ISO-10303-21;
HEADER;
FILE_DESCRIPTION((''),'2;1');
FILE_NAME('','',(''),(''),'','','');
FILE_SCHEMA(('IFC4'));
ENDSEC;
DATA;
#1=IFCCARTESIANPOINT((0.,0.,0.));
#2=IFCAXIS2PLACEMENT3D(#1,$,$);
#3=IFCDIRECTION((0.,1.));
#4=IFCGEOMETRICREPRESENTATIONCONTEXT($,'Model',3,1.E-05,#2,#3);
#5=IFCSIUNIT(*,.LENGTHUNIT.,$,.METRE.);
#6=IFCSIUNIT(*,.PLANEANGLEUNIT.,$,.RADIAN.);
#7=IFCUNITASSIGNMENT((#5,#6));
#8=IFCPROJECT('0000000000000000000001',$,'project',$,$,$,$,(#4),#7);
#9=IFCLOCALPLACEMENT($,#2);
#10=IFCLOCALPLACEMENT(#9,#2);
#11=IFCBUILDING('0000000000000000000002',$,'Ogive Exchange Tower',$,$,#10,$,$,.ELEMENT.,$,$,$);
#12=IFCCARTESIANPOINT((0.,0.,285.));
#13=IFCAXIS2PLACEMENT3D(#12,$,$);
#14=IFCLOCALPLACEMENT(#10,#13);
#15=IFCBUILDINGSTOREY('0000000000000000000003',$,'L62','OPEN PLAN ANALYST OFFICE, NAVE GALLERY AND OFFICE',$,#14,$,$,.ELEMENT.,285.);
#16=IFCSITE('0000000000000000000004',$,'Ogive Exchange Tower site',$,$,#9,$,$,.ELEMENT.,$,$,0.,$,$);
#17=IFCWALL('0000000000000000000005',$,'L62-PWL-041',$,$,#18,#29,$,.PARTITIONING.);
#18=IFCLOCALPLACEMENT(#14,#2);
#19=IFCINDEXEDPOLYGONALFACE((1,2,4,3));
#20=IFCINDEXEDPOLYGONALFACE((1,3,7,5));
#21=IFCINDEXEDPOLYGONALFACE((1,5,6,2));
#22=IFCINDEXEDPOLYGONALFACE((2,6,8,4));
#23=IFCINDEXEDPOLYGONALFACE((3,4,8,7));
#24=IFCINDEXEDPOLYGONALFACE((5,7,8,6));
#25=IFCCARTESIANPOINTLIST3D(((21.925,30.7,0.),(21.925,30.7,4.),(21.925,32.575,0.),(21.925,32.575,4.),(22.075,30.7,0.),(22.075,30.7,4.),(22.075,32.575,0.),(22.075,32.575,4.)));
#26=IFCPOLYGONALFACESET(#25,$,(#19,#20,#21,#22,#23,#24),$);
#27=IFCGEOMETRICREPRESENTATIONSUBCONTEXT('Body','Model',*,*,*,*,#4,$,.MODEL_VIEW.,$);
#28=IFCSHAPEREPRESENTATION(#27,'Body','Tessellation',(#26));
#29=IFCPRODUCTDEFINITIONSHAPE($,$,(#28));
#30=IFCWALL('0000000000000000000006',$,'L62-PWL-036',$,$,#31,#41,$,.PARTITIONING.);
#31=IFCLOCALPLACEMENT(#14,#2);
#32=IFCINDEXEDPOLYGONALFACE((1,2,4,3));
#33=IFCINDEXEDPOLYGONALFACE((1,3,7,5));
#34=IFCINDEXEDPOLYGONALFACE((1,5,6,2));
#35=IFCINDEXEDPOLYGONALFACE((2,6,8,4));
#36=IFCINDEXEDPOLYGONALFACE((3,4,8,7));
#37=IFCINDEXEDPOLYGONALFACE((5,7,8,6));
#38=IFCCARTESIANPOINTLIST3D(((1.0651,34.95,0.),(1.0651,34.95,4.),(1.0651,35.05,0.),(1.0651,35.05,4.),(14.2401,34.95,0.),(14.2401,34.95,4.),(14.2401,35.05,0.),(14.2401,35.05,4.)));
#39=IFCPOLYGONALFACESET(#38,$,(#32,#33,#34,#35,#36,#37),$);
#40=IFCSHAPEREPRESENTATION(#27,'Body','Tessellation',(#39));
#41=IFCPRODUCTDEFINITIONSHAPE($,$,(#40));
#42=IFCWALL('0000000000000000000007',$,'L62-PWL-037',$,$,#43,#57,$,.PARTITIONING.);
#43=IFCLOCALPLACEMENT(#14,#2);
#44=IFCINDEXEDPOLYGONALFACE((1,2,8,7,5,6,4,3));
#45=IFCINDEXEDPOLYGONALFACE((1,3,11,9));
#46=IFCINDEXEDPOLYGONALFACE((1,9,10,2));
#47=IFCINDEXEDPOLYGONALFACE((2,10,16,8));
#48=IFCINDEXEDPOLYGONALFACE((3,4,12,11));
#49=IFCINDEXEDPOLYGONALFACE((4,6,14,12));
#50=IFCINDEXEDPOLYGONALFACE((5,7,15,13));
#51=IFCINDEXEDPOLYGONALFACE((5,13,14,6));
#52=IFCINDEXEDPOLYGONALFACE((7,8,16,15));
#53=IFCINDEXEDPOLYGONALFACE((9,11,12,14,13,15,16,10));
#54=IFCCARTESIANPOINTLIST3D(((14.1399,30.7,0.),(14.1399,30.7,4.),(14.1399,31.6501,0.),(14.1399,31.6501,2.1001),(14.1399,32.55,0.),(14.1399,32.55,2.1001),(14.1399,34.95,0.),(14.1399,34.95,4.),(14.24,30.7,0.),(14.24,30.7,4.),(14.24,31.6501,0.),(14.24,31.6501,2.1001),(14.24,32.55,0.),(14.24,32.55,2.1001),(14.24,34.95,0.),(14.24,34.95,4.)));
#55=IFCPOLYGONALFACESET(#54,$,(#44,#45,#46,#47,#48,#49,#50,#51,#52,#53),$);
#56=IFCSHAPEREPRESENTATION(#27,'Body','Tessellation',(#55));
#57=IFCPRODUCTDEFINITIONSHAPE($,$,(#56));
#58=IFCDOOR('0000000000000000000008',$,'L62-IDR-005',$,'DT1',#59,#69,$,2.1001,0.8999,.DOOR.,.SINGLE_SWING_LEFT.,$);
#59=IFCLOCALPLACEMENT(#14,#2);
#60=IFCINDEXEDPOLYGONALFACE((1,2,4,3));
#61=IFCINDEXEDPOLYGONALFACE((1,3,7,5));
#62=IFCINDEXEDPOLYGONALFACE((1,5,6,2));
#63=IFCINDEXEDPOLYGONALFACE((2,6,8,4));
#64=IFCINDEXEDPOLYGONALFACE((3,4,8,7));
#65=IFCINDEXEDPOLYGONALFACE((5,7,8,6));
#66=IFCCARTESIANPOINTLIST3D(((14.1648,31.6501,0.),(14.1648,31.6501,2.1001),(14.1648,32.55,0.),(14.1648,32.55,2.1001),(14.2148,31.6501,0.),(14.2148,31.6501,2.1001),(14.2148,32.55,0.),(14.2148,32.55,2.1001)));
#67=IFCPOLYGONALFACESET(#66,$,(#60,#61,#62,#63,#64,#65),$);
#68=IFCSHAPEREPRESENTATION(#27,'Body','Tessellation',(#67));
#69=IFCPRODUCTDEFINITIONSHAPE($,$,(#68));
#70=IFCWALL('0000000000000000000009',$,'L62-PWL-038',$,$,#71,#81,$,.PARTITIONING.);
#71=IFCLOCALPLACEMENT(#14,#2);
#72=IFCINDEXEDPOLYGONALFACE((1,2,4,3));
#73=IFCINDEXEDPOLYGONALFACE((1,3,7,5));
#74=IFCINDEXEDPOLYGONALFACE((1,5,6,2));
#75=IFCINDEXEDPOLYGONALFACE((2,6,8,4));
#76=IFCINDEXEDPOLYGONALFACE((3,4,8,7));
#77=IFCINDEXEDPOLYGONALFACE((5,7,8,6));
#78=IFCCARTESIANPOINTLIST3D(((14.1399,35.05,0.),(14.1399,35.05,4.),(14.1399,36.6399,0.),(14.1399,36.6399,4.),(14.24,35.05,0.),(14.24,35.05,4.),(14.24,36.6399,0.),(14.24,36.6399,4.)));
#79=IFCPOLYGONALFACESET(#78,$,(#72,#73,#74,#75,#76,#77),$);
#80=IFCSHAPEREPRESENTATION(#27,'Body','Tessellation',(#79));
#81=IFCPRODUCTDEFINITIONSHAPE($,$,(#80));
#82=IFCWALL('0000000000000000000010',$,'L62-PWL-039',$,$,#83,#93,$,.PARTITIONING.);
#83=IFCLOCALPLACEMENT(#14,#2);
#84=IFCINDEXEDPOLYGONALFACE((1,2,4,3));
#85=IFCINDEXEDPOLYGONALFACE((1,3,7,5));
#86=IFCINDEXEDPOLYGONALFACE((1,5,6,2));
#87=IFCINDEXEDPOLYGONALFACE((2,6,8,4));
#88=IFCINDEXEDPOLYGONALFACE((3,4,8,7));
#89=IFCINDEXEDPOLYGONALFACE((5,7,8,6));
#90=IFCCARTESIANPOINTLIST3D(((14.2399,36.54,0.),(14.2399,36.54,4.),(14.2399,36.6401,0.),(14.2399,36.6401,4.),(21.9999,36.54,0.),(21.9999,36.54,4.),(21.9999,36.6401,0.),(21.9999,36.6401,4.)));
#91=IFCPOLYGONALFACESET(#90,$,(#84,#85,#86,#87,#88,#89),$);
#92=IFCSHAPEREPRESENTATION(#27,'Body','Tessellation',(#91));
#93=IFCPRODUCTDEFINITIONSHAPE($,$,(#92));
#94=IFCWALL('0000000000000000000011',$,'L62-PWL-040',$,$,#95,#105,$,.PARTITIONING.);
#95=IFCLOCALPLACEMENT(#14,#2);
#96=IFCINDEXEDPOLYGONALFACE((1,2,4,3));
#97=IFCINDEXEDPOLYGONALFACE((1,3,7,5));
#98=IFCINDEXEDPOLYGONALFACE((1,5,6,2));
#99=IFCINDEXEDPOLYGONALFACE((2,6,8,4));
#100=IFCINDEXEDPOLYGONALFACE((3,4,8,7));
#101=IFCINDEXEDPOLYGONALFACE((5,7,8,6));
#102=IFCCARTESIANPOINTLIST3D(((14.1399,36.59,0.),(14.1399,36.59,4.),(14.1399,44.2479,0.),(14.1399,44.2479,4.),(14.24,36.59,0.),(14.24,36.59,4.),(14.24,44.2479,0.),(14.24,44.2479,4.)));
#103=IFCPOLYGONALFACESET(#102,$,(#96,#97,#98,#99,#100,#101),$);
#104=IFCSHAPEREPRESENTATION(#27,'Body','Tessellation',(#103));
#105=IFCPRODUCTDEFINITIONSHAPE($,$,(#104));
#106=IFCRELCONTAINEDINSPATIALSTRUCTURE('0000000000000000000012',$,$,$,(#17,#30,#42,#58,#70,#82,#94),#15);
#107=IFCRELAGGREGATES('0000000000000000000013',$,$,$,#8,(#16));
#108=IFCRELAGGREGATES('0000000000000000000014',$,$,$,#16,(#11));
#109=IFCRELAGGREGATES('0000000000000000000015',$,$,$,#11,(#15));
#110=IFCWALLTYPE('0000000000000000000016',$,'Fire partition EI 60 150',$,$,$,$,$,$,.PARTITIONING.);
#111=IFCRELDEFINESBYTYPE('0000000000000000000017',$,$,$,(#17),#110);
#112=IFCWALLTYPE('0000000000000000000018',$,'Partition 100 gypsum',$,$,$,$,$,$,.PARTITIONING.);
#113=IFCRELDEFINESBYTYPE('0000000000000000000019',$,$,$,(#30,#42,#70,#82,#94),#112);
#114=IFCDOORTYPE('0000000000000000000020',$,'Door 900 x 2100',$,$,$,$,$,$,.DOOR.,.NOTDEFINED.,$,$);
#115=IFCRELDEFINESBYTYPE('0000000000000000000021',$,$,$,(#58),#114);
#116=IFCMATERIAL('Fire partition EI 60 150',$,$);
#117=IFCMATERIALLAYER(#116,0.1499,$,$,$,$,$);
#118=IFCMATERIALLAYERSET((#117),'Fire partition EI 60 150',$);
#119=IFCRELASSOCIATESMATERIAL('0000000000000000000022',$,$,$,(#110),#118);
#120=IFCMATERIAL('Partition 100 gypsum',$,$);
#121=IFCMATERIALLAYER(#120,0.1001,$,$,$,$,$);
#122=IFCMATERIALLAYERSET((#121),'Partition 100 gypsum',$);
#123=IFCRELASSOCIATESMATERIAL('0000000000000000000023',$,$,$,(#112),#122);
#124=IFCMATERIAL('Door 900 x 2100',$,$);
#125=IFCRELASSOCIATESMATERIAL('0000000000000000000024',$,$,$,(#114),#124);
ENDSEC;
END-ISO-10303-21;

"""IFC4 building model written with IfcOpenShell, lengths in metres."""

from ifc_helpers import new_model, si_unit, direction, frame, frame_2d, origin, place, context, subcontext, project, spatial, rectangle, extrude, material, layer, layer_set, type_object, element, fill, save


model = new_model("IFC4")

# Units and contexts
model_context = context("Model", 3, precision=1e-05, world=origin(), true_north=direction((0.0, 1.0)))
body_context = subcontext(model_context, "Body", "Model", "MODEL_VIEW")
ifc_project = project(units=[si_unit("LENGTHUNIT", "METRE"), si_unit("PLANEANGLEUNIT", "RADIAN")], contexts=[model_context])

# Site, building, storey
site_placement = place(None, origin())
site = spatial("IfcSite", under=ifc_project, at=site_placement, Name="Ogive Exchange Tower site", CompositionType="ELEMENT", RefElevation=0.0)
building_placement = place(site_placement, origin())
building = spatial("IfcBuilding", under=site, at=building_placement, Name="Ogive Exchange Tower", CompositionType="ELEMENT")
storey_placement = place(building_placement, frame((0.0, 0.0, 285.0)))
storey = spatial("IfcBuildingStorey", under=building, at=storey_placement, Name="L62", Description="OPEN PLAN ANALYST OFFICE, NAVE GALLERY AND OFFICE", CompositionType="ELEMENT", Elevation=285.0)

# Shared definitions
ifc_material_1 = material(Name="Fire partition EI 60 150")
ifc_layer_1 = layer(ifc_material_1, 0.1499)
ifc_layer_set_1 = layer_set([ifc_layer_1], Name="Fire partition EI 60 150")
wall_type_1 = type_object("IfcWallType", Name="Fire partition EI 60 150", PredefinedType="PARTITIONING", material=ifc_layer_set_1)

# Walls
wall_1_placement = place(storey_placement, frame((22.0, 30.7, 0.0), z_axis=(0.0, 0.0, 1.0), x_axis=(0.0, 1.0, 0.0)))
element("IfcWall", 1, at=wall_1_placement, inside=storey, type_object=wall_type_1, Name="L62-PWL-041", PredefinedType="PARTITIONING", context=body_context, shape_type="SweptSolid", body=[
    extrude(rectangle(XDim=1.875, YDim=0.1499, at=frame_2d((0.9375, 0.0))), origin(), (0.0, 0.0, 1.0), 4.0),
])
ifc_material_2 = material(Name="Partition 100 gypsum")
ifc_layer_2 = layer(ifc_material_2, 0.1001)
ifc_layer_set_2 = layer_set([ifc_layer_2], Name="Partition 100 gypsum")
wall_type_2 = type_object("IfcWallType", Name="Partition 100 gypsum", PredefinedType="PARTITIONING", material=ifc_layer_set_2)
wall_2_placement = place(storey_placement, frame((14.24, 35.0, 0.0), z_axis=(0.0, 0.0, 1.0), x_axis=(-1.0, 0.0, 0.0)))
element("IfcWall", 2, at=wall_2_placement, inside=storey, type_object=wall_type_2, Name="L62-PWL-036", PredefinedType="PARTITIONING", context=body_context, shape_type="SweptSolid", body=[
    extrude(rectangle(XDim=13.175, YDim=0.1001, at=frame_2d((6.5874, 0.0))), origin(), (0.0, 0.0, 1.0), 4.0),
])

# Wall, opening, door
wall_3_placement = place(storey_placement, frame((14.1899, 34.95, 0.0), z_axis=(0.0, 0.0, 1.0), x_axis=(0.0, -1.0, 0.0)))
wall_3 = element("IfcWall", 3, at=wall_3_placement, inside=storey, type_object=wall_type_2, Name="L62-PWL-037", PredefinedType="PARTITIONING", context=body_context, shape_type="SweptSolid", body=[
    extrude(rectangle(XDim=4.25, YDim=0.1001, at=frame_2d((2.125, 0.0))), origin(), (0.0, 0.0, 1.0), 4.0),
])
opening_1_placement = place(wall_3_placement, frame((2.3999, 0.0, 0.0)))
opening_1 = element("IfcOpeningElement", 4, at=opening_1_placement, cuts=wall_3, PredefinedType="OPENING", context=body_context, shape_type="SweptSolid", body=[
    extrude(rectangle(XDim=0.8999, YDim=2.1001, at=frame_2d((0.45, 1.05))), frame((0.0, 0.0601, 0.0), z_axis=(0.0, -1.0, 0.0), x_axis=(1.0, 0.0, 0.0)), (0.0, 0.0, 1.0), 0.1201),
])
ifc_material_3 = material(Name="Door 900 x 2100")
door_type_1 = type_object("IfcDoorType", Name="Door 900 x 2100", OperationType="NOTDEFINED", PredefinedType="DOOR", material=ifc_material_3)
door_1_placement = place(opening_1_placement, origin())
door_1 = element("IfcDoor", 5, at=door_1_placement, inside=storey, type_object=door_type_1, Name="L62-IDR-005", ObjectType="DT1", OperationType="SINGLE_SWING_LEFT", OverallHeight=2.1001, OverallWidth=0.8999, PredefinedType="DOOR", context=body_context, shape_type="SweptSolid", body=[
    extrude(rectangle(XDim=0.8999, YDim=2.1001, at=frame_2d((0.45, 1.05))), frame((0.0, 0.0249, 0.0), z_axis=(0.0, -1.0, 0.0), x_axis=(1.0, 0.0, 0.0)), (0.0, 0.0, 1.0), 0.05),
])
fill(opening_1, door_1)

# Walls
wall_4_placement = place(storey_placement, frame((14.1899, 36.6399, 0.0), z_axis=(0.0, 0.0, 1.0), x_axis=(0.0, -1.0, 0.0)))
element("IfcWall", 6, at=wall_4_placement, inside=storey, type_object=wall_type_2, Name="L62-PWL-038", PredefinedType="PARTITIONING", context=body_context, shape_type="SweptSolid", body=[
    extrude(rectangle(XDim=1.5898, YDim=0.1001, at=frame_2d((0.7949, 0.0))), origin(), (0.0, 0.0, 1.0), 4.0),
])
wall_5_placement = place(storey_placement, frame((14.24, 36.5901, 0.0), z_axis=(0.0, 0.0, 1.0), x_axis=(1.0, 0.0, 0.0)))
element("IfcWall", 7, at=wall_5_placement, inside=storey, type_object=wall_type_2, Name="L62-PWL-039", PredefinedType="PARTITIONING", context=body_context, shape_type="SweptSolid", body=[
    extrude(rectangle(XDim=7.76, YDim=0.1001, at=frame_2d((3.8799, 0.0))), origin(), (0.0, 0.0, 1.0), 4.0),
])
wall_6_placement = place(storey_placement, frame((14.1899, 44.248, 0.0), z_axis=(0.0, 0.0, 1.0), x_axis=(0.0, -1.0, 0.0)))
element("IfcWall", 8, at=wall_6_placement, inside=storey, type_object=wall_type_2, Name="L62-PWL-040", PredefinedType="PARTITIONING", context=body_context, shape_type="SweptSolid", body=[
    extrude(rectangle(XDim=7.658, YDim=0.1001, at=frame_2d((3.8291, 0.0))), origin(), (0.0, 0.0, 1.0), 4.0),
])

save(model, "model.ifc")
